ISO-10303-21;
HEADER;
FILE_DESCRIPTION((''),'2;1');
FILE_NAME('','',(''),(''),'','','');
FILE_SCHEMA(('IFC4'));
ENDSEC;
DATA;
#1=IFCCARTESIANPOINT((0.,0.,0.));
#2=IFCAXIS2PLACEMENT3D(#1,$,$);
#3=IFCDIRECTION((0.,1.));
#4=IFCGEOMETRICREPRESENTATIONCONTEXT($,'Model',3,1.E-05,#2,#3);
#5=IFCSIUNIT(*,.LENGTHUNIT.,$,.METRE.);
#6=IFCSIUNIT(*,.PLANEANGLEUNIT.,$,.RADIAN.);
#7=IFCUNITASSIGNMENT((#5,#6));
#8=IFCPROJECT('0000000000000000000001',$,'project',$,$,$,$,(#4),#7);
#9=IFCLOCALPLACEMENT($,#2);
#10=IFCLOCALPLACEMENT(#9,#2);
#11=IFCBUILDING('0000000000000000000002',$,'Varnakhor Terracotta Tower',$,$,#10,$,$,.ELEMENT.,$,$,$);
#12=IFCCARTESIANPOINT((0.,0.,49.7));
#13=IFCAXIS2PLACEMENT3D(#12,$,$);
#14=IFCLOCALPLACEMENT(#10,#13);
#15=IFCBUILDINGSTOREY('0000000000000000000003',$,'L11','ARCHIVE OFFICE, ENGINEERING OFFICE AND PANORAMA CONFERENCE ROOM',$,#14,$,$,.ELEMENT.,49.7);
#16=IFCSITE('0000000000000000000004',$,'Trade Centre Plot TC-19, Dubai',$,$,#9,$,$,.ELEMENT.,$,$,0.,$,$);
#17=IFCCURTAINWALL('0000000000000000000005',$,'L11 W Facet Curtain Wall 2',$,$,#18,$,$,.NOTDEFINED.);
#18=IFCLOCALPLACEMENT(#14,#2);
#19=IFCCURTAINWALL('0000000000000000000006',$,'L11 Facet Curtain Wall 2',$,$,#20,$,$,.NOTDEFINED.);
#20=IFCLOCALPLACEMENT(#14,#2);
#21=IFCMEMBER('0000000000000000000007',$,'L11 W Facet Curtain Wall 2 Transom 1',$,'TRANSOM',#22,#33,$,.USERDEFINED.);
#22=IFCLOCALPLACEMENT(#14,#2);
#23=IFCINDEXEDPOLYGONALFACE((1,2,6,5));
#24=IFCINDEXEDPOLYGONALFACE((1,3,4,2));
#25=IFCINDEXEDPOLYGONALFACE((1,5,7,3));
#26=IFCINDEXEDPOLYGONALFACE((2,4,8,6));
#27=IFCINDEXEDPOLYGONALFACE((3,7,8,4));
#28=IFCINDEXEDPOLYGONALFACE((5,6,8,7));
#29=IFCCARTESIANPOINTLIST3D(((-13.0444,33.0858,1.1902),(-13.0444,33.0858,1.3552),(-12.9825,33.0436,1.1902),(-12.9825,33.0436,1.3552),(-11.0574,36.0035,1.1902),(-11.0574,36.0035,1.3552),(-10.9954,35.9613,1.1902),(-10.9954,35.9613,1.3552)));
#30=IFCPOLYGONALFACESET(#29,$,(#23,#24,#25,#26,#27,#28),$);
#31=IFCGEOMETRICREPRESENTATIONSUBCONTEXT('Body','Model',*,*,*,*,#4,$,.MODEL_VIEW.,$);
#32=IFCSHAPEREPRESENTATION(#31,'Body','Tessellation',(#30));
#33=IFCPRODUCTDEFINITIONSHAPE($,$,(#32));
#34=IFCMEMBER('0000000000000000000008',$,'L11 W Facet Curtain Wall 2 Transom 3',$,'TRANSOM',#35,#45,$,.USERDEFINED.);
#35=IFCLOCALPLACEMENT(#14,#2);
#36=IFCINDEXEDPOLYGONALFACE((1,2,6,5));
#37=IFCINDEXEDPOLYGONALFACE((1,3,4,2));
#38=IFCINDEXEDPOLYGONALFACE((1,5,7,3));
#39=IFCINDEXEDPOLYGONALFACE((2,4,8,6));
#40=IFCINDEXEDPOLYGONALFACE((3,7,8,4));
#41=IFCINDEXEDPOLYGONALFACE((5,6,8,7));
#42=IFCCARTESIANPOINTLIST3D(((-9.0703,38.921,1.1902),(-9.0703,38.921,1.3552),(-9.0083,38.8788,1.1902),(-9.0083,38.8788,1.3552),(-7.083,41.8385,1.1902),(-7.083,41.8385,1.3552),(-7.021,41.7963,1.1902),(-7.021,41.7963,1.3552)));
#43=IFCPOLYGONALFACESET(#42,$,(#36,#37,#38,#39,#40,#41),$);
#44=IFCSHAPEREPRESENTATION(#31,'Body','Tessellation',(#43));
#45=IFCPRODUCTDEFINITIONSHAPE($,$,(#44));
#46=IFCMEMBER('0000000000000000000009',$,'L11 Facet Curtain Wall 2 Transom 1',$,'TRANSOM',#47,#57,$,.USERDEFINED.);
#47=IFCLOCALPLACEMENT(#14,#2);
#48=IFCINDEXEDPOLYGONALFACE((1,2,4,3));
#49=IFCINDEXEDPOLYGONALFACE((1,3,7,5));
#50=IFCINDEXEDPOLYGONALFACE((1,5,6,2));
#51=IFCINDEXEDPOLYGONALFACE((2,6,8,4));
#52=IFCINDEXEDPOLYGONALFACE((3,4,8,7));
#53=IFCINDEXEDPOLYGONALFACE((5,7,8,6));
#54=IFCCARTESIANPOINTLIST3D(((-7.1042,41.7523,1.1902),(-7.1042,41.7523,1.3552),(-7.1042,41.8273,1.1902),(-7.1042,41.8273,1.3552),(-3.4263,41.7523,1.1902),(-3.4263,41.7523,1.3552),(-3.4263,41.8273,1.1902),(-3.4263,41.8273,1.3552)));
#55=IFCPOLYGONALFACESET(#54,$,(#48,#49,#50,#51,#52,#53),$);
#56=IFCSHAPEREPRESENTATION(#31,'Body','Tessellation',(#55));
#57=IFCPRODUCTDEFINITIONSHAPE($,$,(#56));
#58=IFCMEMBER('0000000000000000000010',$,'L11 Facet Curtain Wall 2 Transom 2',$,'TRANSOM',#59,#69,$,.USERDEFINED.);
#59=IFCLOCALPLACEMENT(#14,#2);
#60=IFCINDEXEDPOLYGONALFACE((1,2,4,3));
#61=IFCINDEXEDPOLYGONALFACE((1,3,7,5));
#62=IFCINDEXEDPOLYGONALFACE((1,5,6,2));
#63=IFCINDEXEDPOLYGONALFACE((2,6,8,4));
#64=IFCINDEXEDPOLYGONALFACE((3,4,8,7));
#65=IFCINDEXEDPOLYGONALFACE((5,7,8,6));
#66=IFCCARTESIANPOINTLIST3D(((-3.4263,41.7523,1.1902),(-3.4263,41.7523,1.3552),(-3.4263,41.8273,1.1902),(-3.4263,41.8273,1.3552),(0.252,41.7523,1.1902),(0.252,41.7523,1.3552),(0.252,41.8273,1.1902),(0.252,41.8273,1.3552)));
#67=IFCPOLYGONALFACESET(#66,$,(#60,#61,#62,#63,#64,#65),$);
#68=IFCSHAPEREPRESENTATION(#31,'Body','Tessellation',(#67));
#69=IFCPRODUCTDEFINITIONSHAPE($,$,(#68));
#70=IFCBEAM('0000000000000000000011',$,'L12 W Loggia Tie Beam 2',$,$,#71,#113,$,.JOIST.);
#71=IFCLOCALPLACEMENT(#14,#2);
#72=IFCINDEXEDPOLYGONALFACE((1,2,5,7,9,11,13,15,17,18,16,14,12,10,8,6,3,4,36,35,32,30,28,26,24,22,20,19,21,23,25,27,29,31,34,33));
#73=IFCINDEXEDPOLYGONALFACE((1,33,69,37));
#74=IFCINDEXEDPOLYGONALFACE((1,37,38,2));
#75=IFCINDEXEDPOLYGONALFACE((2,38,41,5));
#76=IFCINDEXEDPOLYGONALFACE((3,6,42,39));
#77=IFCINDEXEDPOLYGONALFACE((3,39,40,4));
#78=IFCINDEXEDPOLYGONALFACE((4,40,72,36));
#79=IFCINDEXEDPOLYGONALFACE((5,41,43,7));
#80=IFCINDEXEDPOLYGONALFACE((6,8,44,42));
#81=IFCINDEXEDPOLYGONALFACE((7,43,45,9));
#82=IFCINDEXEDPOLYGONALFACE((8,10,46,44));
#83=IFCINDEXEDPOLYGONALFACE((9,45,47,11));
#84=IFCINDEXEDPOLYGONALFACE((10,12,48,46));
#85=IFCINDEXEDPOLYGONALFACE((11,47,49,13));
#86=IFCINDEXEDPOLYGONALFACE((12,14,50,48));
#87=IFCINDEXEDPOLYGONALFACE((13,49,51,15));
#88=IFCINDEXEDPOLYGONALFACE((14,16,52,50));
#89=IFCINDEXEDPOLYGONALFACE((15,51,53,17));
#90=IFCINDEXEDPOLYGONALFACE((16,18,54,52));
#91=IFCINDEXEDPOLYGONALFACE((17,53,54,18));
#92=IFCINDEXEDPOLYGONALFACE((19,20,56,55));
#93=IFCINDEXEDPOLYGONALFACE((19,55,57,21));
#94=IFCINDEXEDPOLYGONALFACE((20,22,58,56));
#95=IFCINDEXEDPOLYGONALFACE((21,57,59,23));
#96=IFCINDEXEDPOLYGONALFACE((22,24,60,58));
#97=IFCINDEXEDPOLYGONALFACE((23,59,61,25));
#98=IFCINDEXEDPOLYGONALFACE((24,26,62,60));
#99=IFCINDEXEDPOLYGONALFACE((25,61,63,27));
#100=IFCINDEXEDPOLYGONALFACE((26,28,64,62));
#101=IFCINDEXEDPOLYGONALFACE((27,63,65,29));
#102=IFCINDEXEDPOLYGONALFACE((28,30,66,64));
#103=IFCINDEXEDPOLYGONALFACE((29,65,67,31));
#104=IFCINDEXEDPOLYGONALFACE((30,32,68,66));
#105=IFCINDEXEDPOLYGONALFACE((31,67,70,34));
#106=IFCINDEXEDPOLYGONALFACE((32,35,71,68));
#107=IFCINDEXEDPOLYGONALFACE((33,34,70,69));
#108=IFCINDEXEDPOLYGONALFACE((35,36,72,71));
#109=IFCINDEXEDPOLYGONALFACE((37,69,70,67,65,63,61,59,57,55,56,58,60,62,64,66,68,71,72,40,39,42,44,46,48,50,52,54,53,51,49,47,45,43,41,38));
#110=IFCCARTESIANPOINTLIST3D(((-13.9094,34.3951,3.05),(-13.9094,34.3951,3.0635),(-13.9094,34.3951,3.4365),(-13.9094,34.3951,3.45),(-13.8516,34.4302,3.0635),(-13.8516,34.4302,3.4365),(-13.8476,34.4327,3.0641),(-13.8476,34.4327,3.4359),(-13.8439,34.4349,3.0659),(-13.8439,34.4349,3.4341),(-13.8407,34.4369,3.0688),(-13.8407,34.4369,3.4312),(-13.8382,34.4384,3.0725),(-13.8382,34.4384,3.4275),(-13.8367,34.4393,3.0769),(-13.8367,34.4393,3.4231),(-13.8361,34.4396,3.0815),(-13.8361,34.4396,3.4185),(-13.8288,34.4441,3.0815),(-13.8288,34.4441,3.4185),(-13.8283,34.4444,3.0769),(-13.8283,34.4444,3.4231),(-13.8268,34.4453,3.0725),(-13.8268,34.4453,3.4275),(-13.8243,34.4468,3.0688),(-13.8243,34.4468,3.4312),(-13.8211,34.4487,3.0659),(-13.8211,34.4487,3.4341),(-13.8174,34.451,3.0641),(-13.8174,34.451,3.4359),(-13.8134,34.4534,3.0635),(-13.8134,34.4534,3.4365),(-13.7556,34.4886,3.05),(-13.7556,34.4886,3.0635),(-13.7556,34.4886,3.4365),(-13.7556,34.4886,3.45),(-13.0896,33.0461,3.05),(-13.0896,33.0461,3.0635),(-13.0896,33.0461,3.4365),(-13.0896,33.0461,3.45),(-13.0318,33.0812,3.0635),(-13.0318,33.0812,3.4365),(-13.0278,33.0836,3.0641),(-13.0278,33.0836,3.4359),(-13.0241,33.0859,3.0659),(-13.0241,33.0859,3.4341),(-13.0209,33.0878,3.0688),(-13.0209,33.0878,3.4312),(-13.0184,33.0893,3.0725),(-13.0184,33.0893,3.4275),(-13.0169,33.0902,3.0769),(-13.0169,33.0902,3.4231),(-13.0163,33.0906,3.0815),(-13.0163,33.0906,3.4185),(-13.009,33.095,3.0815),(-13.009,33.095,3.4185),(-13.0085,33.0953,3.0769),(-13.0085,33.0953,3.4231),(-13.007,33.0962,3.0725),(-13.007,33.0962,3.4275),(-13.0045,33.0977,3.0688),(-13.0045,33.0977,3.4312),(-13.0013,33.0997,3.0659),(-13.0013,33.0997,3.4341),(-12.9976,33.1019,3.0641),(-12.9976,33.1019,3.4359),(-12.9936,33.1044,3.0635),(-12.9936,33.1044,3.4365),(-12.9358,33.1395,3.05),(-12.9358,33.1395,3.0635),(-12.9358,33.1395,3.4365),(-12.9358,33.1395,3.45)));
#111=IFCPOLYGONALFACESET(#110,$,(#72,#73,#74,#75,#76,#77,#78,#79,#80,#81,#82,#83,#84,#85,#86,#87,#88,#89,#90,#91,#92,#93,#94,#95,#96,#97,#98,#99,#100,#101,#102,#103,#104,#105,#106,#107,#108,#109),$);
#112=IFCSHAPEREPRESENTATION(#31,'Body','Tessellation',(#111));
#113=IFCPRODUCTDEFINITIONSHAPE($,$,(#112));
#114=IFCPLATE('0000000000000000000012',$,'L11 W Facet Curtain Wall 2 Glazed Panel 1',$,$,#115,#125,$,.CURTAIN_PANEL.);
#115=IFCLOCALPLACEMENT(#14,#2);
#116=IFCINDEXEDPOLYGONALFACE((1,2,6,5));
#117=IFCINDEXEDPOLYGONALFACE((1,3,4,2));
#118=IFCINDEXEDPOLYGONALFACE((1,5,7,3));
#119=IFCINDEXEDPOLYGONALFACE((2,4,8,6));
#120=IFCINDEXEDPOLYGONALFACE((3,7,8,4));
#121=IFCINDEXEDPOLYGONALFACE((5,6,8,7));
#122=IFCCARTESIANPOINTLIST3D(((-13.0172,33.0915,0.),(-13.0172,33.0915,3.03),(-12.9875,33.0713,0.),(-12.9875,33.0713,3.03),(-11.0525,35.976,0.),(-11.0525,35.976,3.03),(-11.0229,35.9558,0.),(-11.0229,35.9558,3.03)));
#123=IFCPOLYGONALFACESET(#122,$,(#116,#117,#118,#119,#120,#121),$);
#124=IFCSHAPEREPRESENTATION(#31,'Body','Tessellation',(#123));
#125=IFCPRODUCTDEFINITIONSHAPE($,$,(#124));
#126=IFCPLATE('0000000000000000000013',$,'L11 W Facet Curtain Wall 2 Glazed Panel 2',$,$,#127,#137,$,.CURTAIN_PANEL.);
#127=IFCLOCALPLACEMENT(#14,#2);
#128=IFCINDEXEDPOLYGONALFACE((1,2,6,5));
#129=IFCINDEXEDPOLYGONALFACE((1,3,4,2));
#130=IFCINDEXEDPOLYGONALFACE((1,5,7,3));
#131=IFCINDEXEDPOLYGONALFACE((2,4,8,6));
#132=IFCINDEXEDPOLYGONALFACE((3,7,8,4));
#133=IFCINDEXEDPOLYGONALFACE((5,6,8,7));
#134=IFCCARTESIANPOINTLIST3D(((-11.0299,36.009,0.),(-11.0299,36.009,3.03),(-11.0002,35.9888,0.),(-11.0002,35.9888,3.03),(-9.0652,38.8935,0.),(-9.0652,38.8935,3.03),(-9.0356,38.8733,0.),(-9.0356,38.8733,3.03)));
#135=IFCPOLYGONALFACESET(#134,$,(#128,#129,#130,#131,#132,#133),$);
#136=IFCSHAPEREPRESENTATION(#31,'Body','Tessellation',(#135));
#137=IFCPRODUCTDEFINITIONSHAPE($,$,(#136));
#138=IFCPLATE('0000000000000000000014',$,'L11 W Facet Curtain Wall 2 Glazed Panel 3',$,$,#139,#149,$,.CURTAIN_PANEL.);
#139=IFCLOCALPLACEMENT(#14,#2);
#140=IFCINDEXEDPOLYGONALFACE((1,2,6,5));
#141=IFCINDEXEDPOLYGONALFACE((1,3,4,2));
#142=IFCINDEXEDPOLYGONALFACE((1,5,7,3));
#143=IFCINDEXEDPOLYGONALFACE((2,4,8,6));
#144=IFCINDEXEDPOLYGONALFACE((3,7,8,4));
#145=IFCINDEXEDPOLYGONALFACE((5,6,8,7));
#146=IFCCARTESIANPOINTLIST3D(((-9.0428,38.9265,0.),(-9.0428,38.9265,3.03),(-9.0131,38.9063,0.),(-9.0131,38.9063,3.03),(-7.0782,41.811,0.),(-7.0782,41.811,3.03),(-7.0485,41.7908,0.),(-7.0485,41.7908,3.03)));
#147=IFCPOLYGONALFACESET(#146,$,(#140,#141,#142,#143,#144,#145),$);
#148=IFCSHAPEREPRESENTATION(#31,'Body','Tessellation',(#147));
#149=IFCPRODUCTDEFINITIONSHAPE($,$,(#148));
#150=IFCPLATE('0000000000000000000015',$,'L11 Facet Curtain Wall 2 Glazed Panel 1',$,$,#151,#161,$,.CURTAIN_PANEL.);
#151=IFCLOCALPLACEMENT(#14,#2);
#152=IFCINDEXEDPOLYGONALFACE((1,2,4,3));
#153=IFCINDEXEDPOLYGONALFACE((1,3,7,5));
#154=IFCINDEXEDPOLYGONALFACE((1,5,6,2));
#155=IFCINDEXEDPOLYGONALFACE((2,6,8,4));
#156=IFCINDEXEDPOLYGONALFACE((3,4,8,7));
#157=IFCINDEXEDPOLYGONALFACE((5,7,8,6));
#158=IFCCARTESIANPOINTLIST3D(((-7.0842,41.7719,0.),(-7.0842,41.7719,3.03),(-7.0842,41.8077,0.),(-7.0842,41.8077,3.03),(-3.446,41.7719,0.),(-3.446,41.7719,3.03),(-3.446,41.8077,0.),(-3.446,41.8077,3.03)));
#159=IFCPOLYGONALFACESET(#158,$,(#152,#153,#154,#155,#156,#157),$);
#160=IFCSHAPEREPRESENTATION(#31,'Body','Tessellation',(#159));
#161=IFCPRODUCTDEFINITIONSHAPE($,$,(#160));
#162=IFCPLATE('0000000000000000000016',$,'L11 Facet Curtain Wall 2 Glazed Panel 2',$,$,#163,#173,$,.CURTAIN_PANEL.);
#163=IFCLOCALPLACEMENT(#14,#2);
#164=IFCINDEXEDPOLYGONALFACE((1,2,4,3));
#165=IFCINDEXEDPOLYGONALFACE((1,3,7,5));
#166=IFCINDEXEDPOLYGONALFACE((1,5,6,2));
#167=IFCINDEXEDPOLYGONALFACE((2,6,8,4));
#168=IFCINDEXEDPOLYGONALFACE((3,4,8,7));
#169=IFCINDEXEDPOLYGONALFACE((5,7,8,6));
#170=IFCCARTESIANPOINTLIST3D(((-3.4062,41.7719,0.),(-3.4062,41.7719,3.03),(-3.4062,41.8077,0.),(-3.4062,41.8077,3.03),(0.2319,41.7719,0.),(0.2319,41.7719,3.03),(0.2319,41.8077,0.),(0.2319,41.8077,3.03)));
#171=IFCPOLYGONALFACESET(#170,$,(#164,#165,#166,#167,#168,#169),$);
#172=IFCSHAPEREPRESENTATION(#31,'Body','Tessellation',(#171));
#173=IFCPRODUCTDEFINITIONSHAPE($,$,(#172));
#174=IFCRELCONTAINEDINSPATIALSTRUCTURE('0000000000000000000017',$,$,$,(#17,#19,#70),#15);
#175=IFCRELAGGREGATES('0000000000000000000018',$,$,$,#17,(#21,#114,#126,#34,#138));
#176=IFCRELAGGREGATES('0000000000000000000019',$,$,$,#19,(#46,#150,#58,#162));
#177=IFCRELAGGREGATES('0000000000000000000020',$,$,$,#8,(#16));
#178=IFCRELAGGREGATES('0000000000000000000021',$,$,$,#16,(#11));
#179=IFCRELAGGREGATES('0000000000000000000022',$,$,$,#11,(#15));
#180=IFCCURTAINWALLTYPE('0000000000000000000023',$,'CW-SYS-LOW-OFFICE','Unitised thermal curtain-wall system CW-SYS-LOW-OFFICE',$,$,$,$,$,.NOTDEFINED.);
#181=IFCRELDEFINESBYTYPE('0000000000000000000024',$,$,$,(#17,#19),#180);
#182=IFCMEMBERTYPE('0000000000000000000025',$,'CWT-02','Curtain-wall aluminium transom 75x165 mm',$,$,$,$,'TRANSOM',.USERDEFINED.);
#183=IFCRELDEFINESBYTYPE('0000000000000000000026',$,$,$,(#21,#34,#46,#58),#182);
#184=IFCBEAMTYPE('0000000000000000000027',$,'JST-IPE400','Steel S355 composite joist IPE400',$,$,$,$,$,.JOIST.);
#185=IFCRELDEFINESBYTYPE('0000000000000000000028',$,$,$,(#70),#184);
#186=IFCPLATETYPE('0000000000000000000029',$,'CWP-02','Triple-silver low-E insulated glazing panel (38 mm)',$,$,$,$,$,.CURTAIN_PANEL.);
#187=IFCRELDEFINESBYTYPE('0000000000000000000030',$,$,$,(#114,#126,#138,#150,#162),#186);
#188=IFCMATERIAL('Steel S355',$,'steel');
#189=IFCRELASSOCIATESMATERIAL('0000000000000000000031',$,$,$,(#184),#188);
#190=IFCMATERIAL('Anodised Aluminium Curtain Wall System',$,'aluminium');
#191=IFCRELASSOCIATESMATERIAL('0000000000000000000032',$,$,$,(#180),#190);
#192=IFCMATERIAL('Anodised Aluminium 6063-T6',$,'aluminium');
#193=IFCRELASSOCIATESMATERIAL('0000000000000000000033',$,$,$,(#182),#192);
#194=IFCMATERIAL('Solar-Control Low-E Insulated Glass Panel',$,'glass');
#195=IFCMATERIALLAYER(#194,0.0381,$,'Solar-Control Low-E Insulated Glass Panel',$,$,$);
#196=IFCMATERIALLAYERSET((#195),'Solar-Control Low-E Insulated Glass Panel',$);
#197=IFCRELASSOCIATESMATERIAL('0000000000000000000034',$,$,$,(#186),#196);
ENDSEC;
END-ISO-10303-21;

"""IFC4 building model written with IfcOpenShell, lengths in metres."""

from ifc_helpers import new_model, si_unit, direction, frame, origin, origin_2d, place, context, subcontext, project, spatial, rectangle, i_section, extrude, source, transform, mapped, material, layer, layer_set, material_profile, profile_set, type_object, element, aggregate, save


model = new_model("IFC4")

# Units and contexts
model_context = context("Model", 3, precision=1e-05, world=origin(), true_north=direction((0.0, 1.0)))
body_context = subcontext(model_context, "Body", "Model", "MODEL_VIEW")
ifc_project = project(units=[si_unit("LENGTHUNIT", "METRE"), si_unit("PLANEANGLEUNIT", "RADIAN")], contexts=[model_context])

# Site, building, storey
site_placement = place(None, origin())
site = spatial("IfcSite", under=ifc_project, at=site_placement, Name="Trade Centre Plot TC-19, Dubai", CompositionType="ELEMENT", RefElevation=0.0)
building_placement = place(site_placement, origin())
building = spatial("IfcBuilding", under=site, at=building_placement, Name="Varnakhor Terracotta Tower", CompositionType="ELEMENT")
storey_placement = place(building_placement, frame((0.0, 0.0, 49.7)))
storey = spatial("IfcBuildingStorey", under=building, at=storey_placement, Name="L11", Description="ARCHIVE OFFICE, ENGINEERING OFFICE AND PANORAMA CONFERENCE ROOM", CompositionType="ELEMENT", Elevation=49.7)

# Shared definitions
ifc_material_1 = material(Name="Steel S355", Category="steel")
ifc_material_profile_1 = material_profile(ifc_material_1, i_section(OverallWidth=0.1799, OverallDepth=0.3999, WebThickness=0.0085, FlangeThickness=0.0134, FilletRadius=0.0181, at=origin_2d()), Name="IPE400")
ifc_profile_set_1 = profile_set([ifc_material_profile_1], Name="Steel S355")
beam_type_1 = type_object("IfcBeamType", Name="JST-IPE400", Description="Steel S355 composite joist IPE400", PredefinedType="JOIST", material=ifc_profile_set_1)

# Curtain walls
ifc_material_2 = material(Name="Anodised Aluminium Curtain Wall System", Category="aluminium")
curtain_wall_type = type_object("IfcCurtainWallType", Name="CW-SYS-LOW-OFFICE", Description="Unitised thermal curtain-wall system CW-SYS-LOW-OFFICE", PredefinedType="NOTDEFINED", material=ifc_material_2)
curtain_wall_1_placement = place(storey_placement, origin())
curtain_wall_1 = element("IfcCurtainWall", 1, at=curtain_wall_1_placement, inside=storey, type_object=curtain_wall_type, Name="L11 W Facet Curtain Wall 2", PredefinedType="NOTDEFINED")
ifc_material_3 = material(Name="Anodised Aluminium 6063-T6", Category="aluminium")
curtain_wall_2_placement = place(storey_placement, origin())
curtain_wall_2 = element("IfcCurtainWall", 2, at=curtain_wall_2_placement, inside=storey, type_object=curtain_wall_type, Name="L11 Facet Curtain Wall 2", PredefinedType="NOTDEFINED")

# Members
ifc_material_profile_2 = material_profile(ifc_material_3, rectangle(XDim=0.075, YDim=0.165, at=origin_2d()), Name="ALU TRANSOM 75x165")
ifc_profile_set_2 = profile_set([ifc_material_profile_2], Name="Anodised Aluminium 6063-T6")
member_type_1 = type_object("IfcMemberType", Name="CWT-02", Description="Curtain-wall aluminium transom 75x165 mm", ElementType="TRANSOM", PredefinedType="USERDEFINED", material=ifc_profile_set_2)
shared_shape_1 = source(origin(), body_context, "Body", "SweptSolid", [
    extrude(rectangle(XDim=0.075, YDim=0.165, at=origin_2d()), origin(), (0.0, 0.0, 1.0), 3.53),
])
member_1_placement = place(storey_placement, frame((-13.0134, 33.0647, 1.2727), z_axis=(0.562893, 0.82653, 0.0), x_axis=(-0.82653, 0.562893, 0.0)))
member_1 = element("IfcMember", 3, at=member_1_placement, type_object=member_type_1, Name="L11 W Facet Curtain Wall 2 Transom 1", ObjectType="TRANSOM", PredefinedType="USERDEFINED", context=body_context, shape_type="MappedRepresentation", body=[
    mapped(shared_shape_1, transform((0.0, 0.0, 0.0), scale=1.0)),
])
member_2_placement = place(storey_placement, frame((-9.0393, 38.8999, 1.2727), z_axis=(0.562972, 0.826476, 0.0), x_axis=(-0.826476, 0.562972, 0.0)))
member_2 = element("IfcMember", 4, at=member_2_placement, type_object=member_type_1, Name="L11 W Facet Curtain Wall 2 Transom 3", ObjectType="TRANSOM", PredefinedType="USERDEFINED", context=body_context, shape_type="MappedRepresentation", body=[
    mapped(shared_shape_1, transform((0.0, 0.0, 0.0), scale=1.0)),
])
shared_shape_2 = source(origin(), body_context, "Body", "SweptSolid", [
    extrude(rectangle(XDim=0.075, YDim=0.165, at=origin_2d()), origin(), (0.0, 0.0, 1.0), 3.678),
])
member_3_placement = place(storey_placement, frame((-7.1042, 41.7898, 1.2727), z_axis=(1.0, 0.0, 0.0), x_axis=(0.0, 1.0, 0.0)))
member_3 = element("IfcMember", 5, at=member_3_placement, type_object=member_type_1, Name="L11 Facet Curtain Wall 2 Transom 1", ObjectType="TRANSOM", PredefinedType="USERDEFINED", context=body_context, shape_type="MappedRepresentation", body=[
    mapped(shared_shape_2, transform((0.0, 0.0, 0.0), scale=1.0)),
])
shared_shape_3 = source(origin(), body_context, "Body", "SweptSolid", [
    extrude(rectangle(XDim=0.075, YDim=0.165, at=origin_2d()), origin(), (0.0, 0.0, 1.0), 3.6782),
])
member_4_placement = place(storey_placement, frame((-3.4263, 41.7898, 1.2727), z_axis=(1.0, 0.0, 0.0), x_axis=(0.0, 1.0, 0.0)))
member_4 = element("IfcMember", 6, at=member_4_placement, type_object=member_type_1, Name="L11 Facet Curtain Wall 2 Transom 2", ObjectType="TRANSOM", PredefinedType="USERDEFINED", context=body_context, shape_type="MappedRepresentation", body=[
    mapped(shared_shape_3, transform((0.0, 0.0, 0.0), scale=1.0)),
])

# Beam
shared_shape_4 = source(origin(), body_context, "Body", "SweptSolid", [
    extrude(i_section(OverallWidth=0.1799, OverallDepth=0.3999, WebThickness=0.0085, FlangeThickness=0.0134, FilletRadius=0.0181, at=origin_2d()), origin(), (0.0, 0.0, 1.0), 1.5786),
])
beam_1_placement = place(storey_placement, frame((-13.0127, 33.0928, 3.25), z_axis=(-0.519309, 0.854587, 0.0), x_axis=(-0.854587, -0.519309, 0.0)))
element("IfcBeam", 7, at=beam_1_placement, inside=storey, type_object=beam_type_1, Name="L12 W Loggia Tie Beam 2", PredefinedType="JOIST", context=body_context, shape_type="MappedRepresentation", body=[
    mapped(shared_shape_4, transform((0.0, 0.0, 0.0), scale=1.0)),
])

# Plates
ifc_material_4 = material(Name="Solar-Control Low-E Insulated Glass Panel", Category="glass")
ifc_layer_1 = layer(ifc_material_4, 0.0381, Name="Solar-Control Low-E Insulated Glass Panel")
ifc_layer_set_1 = layer_set([ifc_layer_1], Name="Solar-Control Low-E Insulated Glass Panel")
plate_type = type_object("IfcPlateType", Name="CWP-02", Description="Triple-silver low-E insulated glazing panel (38 mm)", PredefinedType="CURTAIN_PANEL", material=ifc_layer_set_1)
shared_shape_5 = source(origin(), body_context, "Body", "SweptSolid", [
    extrude(rectangle(XDim=3.49, YDim=0.0359, at=origin_2d()), origin(), (0.0, 0.0, 1.0), 3.03),
])
plate_1_placement = place(storey_placement, frame((-12.02, 34.5237, 0.0), z_axis=(0.0, 0.0, 1.0), x_axis=(0.562935, 0.826501, 0.0)))
plate_1 = element("IfcPlate", 8, at=plate_1_placement, type_object=plate_type, Name="L11 W Facet Curtain Wall 2 Glazed Panel 1", PredefinedType="CURTAIN_PANEL", context=body_context, shape_type="MappedRepresentation", body=[
    mapped(shared_shape_5, transform((0.0, 0.0, 0.0), scale=1.0)),
])
plate_2_placement = place(storey_placement, frame((-10.0327, 37.4412, 0.0), z_axis=(0.0, 0.0, 1.0), x_axis=(0.562935, 0.826501, 0.0)))
plate_2 = element("IfcPlate", 9, at=plate_2_placement, type_object=plate_type, Name="L11 W Facet Curtain Wall 2 Glazed Panel 2", PredefinedType="CURTAIN_PANEL", context=body_context, shape_type="MappedRepresentation", body=[
    mapped(shared_shape_5, transform((0.0, 0.0, 0.0), scale=1.0)),
])
plate_3_placement = place(storey_placement, frame((-8.0457, 40.3586, 0.0), z_axis=(0.0, 0.0, 1.0), x_axis=(0.562935, 0.826501, 0.0)))
plate_3 = element("IfcPlate", 10, at=plate_3_placement, type_object=plate_type, Name="L11 W Facet Curtain Wall 2 Glazed Panel 3", PredefinedType="CURTAIN_PANEL", context=body_context, shape_type="MappedRepresentation", body=[
    mapped(shared_shape_5, transform((0.0, 0.0, 0.0), scale=1.0)),
])
aggregate(curtain_wall_1, [member_1, plate_1, plate_2, member_2, plate_3])
shared_shape_6 = source(origin(), body_context, "Body", "SweptSolid", [
    extrude(rectangle(XDim=3.6382, YDim=0.0359, at=origin_2d()), origin(), (0.0, 0.0, 1.0), 3.03),
])
plate_4_placement = place(storey_placement, frame((-5.2651, 41.7898, 0.0), z_axis=(0.0, 0.0, 1.0), x_axis=(1.0, 0.0, 0.0)))
plate_4 = element("IfcPlate", 11, at=plate_4_placement, type_object=plate_type, Name="L11 Facet Curtain Wall 2 Glazed Panel 1", PredefinedType="CURTAIN_PANEL", context=body_context, shape_type="MappedRepresentation", body=[
    mapped(shared_shape_6, transform((0.0, 0.0, 0.0), scale=1.0)),
])
plate_5_placement = place(storey_placement, frame((-1.5872, 41.7898, 0.0), z_axis=(0.0, 0.0, 1.0), x_axis=(1.0, 0.0, 0.0)))
plate_5 = element("IfcPlate", 12, at=plate_5_placement, type_object=plate_type, Name="L11 Facet Curtain Wall 2 Glazed Panel 2", PredefinedType="CURTAIN_PANEL", context=body_context, shape_type="MappedRepresentation", body=[
    mapped(shared_shape_6, transform((0.0, 0.0, 0.0), scale=1.0)),
])
aggregate(curtain_wall_2, [member_3, plate_4, member_4, plate_5])

save(model, "model.ifc")
